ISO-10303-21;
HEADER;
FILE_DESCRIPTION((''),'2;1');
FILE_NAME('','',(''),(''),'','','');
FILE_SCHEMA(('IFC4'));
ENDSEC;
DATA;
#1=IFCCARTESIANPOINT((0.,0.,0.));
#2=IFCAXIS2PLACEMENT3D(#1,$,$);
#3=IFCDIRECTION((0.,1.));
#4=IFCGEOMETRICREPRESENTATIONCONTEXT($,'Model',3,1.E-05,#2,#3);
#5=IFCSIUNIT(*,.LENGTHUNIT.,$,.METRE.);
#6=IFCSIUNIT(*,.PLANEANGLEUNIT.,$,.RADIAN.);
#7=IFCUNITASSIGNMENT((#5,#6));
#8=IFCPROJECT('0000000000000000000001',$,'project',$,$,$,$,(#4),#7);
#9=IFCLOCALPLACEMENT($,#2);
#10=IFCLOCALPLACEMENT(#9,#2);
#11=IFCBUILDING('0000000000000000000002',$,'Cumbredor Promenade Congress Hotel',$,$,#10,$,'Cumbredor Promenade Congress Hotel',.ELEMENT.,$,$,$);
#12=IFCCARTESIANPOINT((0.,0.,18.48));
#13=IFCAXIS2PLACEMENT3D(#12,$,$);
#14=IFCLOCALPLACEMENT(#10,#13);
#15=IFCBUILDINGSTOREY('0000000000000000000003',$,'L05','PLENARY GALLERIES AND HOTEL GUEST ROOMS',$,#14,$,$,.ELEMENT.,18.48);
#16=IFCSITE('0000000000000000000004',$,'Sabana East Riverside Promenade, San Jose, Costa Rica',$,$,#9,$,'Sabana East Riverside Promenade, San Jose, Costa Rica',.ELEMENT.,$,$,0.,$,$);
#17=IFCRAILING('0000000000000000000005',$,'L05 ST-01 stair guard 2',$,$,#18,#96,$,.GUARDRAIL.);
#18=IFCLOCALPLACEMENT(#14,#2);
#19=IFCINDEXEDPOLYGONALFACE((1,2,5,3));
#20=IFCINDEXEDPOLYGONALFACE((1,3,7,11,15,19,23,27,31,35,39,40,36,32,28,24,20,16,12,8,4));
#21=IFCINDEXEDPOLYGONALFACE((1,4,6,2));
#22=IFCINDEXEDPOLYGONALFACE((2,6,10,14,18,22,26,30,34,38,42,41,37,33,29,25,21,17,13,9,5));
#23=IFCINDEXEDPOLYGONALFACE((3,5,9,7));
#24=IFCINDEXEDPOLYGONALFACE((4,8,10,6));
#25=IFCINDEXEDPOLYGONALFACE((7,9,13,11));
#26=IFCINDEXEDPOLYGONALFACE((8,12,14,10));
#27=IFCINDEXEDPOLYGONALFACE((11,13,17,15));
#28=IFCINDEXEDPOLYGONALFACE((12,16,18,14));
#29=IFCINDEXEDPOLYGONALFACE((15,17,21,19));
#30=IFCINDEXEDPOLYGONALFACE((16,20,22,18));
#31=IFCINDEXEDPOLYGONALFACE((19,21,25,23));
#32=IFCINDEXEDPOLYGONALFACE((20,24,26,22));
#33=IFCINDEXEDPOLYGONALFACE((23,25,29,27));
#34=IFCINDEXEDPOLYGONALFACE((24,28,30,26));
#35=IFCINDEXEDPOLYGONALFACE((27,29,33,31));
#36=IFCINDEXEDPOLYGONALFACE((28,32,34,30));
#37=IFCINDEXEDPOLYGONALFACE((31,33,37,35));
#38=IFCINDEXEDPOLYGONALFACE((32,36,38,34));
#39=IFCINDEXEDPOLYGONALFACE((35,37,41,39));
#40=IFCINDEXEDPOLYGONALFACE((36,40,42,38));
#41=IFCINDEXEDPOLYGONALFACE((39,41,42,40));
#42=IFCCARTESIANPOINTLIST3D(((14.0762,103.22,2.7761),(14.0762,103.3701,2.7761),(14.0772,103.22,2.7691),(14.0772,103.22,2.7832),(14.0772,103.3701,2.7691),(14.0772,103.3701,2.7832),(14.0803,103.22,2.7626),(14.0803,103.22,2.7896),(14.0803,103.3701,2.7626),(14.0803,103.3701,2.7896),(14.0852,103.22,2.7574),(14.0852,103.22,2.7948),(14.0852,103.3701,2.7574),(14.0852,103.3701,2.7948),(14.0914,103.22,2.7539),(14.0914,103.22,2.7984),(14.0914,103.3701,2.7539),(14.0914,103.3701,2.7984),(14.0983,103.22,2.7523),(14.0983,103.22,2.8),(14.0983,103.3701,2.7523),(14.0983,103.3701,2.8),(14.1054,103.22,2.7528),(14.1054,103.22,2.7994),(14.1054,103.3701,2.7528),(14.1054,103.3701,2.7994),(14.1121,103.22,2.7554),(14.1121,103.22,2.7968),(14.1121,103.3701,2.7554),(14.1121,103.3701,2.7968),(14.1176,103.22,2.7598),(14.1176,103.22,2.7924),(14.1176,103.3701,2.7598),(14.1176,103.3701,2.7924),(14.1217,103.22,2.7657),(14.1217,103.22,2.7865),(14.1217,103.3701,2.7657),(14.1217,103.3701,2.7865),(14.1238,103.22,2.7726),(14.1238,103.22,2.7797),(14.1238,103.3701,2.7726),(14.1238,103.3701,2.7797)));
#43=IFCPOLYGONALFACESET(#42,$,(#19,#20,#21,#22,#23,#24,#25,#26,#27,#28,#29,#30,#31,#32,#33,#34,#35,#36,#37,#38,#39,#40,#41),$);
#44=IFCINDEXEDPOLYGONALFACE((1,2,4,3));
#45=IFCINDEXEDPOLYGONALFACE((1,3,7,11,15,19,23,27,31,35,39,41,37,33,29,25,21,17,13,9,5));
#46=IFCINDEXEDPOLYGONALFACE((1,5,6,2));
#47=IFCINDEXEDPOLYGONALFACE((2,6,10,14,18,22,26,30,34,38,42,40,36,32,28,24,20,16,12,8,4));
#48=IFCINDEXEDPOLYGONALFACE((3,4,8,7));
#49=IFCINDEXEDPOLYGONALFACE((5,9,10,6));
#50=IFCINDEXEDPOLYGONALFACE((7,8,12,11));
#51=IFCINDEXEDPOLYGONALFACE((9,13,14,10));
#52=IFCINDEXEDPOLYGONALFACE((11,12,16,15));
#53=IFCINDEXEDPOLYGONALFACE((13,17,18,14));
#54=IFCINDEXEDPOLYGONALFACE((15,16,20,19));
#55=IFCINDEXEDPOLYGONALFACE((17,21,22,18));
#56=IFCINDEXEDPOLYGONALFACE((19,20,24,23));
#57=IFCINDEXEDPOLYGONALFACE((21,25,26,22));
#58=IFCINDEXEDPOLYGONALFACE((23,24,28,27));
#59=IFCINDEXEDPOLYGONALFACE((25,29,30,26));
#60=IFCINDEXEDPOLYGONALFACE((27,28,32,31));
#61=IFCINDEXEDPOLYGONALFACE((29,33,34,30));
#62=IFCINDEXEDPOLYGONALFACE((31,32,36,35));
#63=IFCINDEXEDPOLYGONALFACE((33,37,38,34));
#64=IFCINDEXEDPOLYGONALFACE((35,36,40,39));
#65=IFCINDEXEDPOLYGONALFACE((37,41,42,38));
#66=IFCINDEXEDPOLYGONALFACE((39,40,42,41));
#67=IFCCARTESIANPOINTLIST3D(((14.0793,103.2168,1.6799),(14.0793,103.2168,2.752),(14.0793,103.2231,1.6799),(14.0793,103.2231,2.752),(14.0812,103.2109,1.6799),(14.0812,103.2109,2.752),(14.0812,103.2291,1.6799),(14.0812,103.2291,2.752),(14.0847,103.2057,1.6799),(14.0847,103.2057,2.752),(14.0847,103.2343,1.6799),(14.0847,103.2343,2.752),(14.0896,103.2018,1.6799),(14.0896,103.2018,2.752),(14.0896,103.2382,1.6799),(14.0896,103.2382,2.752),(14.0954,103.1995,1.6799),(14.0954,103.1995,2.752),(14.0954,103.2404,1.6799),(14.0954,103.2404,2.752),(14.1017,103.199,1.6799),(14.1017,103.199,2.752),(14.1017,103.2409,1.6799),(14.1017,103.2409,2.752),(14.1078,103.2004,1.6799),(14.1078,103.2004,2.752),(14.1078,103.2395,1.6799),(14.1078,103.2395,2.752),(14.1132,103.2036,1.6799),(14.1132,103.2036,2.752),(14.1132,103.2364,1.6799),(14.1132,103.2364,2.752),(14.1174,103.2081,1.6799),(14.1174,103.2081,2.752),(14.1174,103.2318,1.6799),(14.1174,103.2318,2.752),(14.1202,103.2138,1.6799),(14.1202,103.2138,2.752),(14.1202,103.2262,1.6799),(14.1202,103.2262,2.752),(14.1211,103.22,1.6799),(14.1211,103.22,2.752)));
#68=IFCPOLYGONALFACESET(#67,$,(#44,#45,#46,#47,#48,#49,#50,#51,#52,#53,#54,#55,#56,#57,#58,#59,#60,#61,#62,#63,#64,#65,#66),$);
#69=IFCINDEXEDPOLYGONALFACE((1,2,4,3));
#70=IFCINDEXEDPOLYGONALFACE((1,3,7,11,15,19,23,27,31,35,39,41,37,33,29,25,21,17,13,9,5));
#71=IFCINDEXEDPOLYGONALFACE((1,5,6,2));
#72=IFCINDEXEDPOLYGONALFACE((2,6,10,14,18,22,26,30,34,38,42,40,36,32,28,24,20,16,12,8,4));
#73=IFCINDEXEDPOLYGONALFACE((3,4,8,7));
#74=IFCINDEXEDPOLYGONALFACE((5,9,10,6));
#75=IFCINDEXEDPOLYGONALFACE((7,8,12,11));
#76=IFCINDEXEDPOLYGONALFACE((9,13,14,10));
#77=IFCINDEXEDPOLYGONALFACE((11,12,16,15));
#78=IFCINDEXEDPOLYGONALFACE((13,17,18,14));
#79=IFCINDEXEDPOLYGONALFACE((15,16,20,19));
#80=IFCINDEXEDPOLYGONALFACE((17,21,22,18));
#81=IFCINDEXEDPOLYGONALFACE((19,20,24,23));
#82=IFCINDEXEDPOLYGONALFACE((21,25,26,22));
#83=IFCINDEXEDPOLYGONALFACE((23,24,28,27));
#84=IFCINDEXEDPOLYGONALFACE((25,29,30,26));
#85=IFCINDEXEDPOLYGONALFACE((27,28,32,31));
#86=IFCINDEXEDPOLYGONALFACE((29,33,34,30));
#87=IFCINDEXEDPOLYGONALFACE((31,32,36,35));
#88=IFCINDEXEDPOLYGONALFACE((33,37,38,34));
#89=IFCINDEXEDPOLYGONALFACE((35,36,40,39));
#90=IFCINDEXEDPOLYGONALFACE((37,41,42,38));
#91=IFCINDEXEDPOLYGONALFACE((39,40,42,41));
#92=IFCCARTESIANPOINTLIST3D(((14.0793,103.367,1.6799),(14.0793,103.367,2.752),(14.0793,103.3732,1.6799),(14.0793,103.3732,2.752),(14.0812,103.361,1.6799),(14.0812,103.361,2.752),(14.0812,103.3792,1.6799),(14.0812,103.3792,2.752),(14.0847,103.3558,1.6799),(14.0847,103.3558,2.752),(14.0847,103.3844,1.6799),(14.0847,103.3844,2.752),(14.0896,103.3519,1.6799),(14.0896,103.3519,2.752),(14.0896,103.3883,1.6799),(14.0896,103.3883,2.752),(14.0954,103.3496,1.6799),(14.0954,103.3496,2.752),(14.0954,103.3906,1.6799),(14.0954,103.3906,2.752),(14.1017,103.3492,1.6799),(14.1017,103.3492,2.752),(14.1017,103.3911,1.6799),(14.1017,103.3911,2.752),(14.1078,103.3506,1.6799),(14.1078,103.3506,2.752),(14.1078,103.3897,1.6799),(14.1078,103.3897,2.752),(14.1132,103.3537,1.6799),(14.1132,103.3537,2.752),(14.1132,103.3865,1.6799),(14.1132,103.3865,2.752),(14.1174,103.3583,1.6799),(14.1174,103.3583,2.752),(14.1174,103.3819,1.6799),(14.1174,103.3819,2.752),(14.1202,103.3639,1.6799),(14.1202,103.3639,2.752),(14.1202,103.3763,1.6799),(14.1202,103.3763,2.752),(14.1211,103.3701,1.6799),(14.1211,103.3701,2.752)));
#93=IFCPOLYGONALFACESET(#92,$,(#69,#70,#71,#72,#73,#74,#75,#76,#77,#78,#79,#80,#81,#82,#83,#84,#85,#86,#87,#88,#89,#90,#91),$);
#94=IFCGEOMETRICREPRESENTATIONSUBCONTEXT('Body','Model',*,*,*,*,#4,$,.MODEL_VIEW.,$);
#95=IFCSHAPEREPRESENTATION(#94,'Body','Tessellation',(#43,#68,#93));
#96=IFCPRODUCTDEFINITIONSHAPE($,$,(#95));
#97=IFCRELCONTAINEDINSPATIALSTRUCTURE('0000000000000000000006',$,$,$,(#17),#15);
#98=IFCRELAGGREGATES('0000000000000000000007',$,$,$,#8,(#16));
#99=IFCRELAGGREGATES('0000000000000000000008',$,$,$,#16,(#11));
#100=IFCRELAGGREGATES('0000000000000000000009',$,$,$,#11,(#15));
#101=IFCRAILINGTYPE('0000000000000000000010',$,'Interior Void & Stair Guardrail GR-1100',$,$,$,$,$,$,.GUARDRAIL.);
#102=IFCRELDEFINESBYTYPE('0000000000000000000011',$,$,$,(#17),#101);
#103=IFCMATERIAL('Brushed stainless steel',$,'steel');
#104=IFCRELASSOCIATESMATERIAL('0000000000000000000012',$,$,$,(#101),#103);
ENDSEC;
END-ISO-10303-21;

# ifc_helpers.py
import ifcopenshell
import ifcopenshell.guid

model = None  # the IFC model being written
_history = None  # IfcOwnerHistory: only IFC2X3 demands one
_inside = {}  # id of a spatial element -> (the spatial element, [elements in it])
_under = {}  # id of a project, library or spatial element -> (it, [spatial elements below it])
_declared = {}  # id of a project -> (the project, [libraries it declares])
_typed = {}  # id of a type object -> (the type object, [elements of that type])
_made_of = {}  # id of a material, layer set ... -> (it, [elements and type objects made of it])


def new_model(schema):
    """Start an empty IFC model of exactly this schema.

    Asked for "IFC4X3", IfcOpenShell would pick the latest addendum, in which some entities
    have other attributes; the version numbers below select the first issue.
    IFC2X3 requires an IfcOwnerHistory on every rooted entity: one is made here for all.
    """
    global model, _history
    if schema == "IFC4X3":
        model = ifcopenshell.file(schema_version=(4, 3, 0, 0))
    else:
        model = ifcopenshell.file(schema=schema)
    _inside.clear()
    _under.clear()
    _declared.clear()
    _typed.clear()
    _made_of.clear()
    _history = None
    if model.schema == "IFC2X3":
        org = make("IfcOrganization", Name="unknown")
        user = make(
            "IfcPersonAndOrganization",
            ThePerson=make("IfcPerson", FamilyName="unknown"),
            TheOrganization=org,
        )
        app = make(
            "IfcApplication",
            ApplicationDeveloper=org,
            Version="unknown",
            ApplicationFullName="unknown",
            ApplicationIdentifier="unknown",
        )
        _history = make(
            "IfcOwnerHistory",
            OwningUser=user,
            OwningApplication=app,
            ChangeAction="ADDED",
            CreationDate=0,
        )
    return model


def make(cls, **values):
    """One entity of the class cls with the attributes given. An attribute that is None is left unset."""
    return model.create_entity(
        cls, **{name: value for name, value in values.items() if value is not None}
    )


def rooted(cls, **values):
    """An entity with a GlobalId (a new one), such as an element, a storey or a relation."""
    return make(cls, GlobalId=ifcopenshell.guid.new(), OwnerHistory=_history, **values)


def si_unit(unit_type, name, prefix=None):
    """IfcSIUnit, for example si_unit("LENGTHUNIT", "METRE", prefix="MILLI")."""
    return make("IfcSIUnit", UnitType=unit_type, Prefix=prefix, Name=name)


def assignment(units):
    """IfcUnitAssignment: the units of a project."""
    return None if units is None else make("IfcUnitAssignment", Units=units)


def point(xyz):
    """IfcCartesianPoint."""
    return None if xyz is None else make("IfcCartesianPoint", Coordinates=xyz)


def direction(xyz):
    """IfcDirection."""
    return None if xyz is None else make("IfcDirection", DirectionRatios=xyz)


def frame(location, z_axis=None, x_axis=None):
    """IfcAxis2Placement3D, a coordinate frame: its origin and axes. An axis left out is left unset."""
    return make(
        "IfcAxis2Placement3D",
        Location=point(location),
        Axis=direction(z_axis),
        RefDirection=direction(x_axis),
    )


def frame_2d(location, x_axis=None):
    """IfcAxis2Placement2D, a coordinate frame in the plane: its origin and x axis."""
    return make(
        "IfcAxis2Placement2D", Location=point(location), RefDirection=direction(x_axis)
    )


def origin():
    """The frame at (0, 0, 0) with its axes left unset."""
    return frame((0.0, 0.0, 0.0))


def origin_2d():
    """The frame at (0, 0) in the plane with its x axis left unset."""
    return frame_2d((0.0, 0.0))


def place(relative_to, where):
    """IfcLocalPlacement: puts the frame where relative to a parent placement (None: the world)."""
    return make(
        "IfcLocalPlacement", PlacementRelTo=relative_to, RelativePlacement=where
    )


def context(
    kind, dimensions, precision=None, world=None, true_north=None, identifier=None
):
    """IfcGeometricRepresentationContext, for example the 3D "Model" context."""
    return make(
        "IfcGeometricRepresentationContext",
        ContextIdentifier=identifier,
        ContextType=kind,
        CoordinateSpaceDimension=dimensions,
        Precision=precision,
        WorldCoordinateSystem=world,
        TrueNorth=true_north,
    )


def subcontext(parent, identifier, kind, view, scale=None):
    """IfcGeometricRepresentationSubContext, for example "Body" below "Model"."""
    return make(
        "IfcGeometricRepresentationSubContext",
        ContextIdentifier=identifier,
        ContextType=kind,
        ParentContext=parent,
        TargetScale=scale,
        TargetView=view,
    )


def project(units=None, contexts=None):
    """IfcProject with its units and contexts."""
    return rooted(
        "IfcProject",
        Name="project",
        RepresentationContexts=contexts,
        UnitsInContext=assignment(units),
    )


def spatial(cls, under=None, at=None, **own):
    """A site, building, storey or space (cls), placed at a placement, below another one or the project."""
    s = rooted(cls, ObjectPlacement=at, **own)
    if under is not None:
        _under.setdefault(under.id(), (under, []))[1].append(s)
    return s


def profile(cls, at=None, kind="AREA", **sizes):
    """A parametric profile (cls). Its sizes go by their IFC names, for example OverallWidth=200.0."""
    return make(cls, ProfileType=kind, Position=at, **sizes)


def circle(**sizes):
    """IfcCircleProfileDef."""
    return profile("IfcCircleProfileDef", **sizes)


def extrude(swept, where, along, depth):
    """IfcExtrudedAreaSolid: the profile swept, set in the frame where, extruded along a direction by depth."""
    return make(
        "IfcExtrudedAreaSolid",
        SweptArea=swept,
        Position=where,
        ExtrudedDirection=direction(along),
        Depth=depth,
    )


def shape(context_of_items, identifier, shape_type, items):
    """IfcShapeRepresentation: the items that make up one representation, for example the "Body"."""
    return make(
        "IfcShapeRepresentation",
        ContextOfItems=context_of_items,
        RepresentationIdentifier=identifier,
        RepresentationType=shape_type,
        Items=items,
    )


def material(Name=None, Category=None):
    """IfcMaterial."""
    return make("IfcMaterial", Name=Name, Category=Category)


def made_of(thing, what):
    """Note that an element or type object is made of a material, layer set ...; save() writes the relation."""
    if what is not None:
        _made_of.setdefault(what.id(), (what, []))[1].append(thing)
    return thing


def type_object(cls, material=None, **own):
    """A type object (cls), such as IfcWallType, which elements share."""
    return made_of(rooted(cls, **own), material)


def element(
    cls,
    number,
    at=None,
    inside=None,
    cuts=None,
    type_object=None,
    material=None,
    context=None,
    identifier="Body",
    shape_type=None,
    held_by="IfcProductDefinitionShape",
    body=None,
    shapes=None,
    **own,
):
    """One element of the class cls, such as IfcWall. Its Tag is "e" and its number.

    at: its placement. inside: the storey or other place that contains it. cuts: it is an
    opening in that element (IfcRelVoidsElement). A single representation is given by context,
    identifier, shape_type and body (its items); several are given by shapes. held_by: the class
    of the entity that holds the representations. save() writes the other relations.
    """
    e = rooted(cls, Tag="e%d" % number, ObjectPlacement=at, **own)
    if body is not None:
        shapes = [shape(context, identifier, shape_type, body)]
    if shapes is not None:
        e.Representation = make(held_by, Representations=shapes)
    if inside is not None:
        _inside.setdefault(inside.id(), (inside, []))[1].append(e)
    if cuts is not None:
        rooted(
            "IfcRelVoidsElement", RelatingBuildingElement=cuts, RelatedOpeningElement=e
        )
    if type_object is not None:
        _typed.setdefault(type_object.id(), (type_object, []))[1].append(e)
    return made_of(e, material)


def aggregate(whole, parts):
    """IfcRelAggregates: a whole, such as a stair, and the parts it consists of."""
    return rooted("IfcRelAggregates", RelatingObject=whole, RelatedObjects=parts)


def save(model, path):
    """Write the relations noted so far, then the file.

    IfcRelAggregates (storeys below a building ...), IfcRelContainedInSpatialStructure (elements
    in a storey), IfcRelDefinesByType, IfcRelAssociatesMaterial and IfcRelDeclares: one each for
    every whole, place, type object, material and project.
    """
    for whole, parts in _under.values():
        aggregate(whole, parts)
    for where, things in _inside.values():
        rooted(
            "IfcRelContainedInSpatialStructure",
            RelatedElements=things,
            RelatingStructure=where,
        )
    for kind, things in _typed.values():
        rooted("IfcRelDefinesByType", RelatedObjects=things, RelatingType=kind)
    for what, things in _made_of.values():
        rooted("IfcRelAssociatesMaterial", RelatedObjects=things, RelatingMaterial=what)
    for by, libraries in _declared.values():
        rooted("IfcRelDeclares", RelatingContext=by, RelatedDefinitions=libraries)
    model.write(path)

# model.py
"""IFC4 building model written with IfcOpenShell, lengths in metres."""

from ifc_helpers import new_model, si_unit, direction, frame, origin, origin_2d, place, context, subcontext, project, spatial, circle, extrude, material, type_object, element, save


model = new_model("IFC4")

# Units and contexts
model_context = context("Model", 3, precision=1e-05, world=origin(), true_north=direction((0.0, 1.0)))
body_context = subcontext(model_context, "Body", "Model", "MODEL_VIEW")
ifc_project = project(units=[si_unit("LENGTHUNIT", "METRE"), si_unit("PLANEANGLEUNIT", "RADIAN")], contexts=[model_context])

# Site, building, storey
site_placement = place(None, origin())
site = spatial("IfcSite", under=ifc_project, at=site_placement, Name="Sabana East Riverside Promenade, San Jose, Costa Rica", LongName="Sabana East Riverside Promenade, San Jose, Costa Rica", CompositionType="ELEMENT", RefElevation=0.0)
building_placement = place(site_placement, origin())
building = spatial("IfcBuilding", under=site, at=building_placement, Name="Cumbredor Promenade Congress Hotel", LongName="Cumbredor Promenade Congress Hotel", CompositionType="ELEMENT")
storey_placement = place(building_placement, frame((0.0, 0.0, 18.48)))
storey = spatial("IfcBuildingStorey", under=building, at=storey_placement, Name="L05", Description="PLENARY GALLERIES AND HOTEL GUEST ROOMS", CompositionType="ELEMENT", Elevation=18.48)

# Railing
ifc_material_1 = material(Name="Brushed stainless steel", Category="steel")
railing_type_1 = type_object("IfcRailingType", Name="Interior Void & Stair Guardrail GR-1100", PredefinedType="GUARDRAIL", material=ifc_material_1)
railing_1_placement = place(storey_placement, frame((14.1001, 103.22, 1.6799)))
element("IfcRailing", 1, at=railing_1_placement, inside=storey, type_object=railing_type_1, Name="L05 ST-01 stair guard 2", PredefinedType="GUARDRAIL", context=body_context, shape_type="SweptSolid", body=[
    extrude(circle(Radius=0.0239, at=origin_2d()), frame((0.0, 0.0, 1.0962), z_axis=(0.0, 1.0, 0.0), x_axis=(-1.0, 0.0, 0.0)), (0.0, 0.0, 1.0), 0.1501),
    extrude(circle(Radius=0.021, at=origin_2d()), origin(), (0.0, 0.0, 1.0), 1.072),
    extrude(circle(Radius=0.021, at=origin_2d()), frame((0.0, 0.1501, 0.0)), (0.0, 0.0, 1.0), 1.072),
])

save(model, "model.ifc")
